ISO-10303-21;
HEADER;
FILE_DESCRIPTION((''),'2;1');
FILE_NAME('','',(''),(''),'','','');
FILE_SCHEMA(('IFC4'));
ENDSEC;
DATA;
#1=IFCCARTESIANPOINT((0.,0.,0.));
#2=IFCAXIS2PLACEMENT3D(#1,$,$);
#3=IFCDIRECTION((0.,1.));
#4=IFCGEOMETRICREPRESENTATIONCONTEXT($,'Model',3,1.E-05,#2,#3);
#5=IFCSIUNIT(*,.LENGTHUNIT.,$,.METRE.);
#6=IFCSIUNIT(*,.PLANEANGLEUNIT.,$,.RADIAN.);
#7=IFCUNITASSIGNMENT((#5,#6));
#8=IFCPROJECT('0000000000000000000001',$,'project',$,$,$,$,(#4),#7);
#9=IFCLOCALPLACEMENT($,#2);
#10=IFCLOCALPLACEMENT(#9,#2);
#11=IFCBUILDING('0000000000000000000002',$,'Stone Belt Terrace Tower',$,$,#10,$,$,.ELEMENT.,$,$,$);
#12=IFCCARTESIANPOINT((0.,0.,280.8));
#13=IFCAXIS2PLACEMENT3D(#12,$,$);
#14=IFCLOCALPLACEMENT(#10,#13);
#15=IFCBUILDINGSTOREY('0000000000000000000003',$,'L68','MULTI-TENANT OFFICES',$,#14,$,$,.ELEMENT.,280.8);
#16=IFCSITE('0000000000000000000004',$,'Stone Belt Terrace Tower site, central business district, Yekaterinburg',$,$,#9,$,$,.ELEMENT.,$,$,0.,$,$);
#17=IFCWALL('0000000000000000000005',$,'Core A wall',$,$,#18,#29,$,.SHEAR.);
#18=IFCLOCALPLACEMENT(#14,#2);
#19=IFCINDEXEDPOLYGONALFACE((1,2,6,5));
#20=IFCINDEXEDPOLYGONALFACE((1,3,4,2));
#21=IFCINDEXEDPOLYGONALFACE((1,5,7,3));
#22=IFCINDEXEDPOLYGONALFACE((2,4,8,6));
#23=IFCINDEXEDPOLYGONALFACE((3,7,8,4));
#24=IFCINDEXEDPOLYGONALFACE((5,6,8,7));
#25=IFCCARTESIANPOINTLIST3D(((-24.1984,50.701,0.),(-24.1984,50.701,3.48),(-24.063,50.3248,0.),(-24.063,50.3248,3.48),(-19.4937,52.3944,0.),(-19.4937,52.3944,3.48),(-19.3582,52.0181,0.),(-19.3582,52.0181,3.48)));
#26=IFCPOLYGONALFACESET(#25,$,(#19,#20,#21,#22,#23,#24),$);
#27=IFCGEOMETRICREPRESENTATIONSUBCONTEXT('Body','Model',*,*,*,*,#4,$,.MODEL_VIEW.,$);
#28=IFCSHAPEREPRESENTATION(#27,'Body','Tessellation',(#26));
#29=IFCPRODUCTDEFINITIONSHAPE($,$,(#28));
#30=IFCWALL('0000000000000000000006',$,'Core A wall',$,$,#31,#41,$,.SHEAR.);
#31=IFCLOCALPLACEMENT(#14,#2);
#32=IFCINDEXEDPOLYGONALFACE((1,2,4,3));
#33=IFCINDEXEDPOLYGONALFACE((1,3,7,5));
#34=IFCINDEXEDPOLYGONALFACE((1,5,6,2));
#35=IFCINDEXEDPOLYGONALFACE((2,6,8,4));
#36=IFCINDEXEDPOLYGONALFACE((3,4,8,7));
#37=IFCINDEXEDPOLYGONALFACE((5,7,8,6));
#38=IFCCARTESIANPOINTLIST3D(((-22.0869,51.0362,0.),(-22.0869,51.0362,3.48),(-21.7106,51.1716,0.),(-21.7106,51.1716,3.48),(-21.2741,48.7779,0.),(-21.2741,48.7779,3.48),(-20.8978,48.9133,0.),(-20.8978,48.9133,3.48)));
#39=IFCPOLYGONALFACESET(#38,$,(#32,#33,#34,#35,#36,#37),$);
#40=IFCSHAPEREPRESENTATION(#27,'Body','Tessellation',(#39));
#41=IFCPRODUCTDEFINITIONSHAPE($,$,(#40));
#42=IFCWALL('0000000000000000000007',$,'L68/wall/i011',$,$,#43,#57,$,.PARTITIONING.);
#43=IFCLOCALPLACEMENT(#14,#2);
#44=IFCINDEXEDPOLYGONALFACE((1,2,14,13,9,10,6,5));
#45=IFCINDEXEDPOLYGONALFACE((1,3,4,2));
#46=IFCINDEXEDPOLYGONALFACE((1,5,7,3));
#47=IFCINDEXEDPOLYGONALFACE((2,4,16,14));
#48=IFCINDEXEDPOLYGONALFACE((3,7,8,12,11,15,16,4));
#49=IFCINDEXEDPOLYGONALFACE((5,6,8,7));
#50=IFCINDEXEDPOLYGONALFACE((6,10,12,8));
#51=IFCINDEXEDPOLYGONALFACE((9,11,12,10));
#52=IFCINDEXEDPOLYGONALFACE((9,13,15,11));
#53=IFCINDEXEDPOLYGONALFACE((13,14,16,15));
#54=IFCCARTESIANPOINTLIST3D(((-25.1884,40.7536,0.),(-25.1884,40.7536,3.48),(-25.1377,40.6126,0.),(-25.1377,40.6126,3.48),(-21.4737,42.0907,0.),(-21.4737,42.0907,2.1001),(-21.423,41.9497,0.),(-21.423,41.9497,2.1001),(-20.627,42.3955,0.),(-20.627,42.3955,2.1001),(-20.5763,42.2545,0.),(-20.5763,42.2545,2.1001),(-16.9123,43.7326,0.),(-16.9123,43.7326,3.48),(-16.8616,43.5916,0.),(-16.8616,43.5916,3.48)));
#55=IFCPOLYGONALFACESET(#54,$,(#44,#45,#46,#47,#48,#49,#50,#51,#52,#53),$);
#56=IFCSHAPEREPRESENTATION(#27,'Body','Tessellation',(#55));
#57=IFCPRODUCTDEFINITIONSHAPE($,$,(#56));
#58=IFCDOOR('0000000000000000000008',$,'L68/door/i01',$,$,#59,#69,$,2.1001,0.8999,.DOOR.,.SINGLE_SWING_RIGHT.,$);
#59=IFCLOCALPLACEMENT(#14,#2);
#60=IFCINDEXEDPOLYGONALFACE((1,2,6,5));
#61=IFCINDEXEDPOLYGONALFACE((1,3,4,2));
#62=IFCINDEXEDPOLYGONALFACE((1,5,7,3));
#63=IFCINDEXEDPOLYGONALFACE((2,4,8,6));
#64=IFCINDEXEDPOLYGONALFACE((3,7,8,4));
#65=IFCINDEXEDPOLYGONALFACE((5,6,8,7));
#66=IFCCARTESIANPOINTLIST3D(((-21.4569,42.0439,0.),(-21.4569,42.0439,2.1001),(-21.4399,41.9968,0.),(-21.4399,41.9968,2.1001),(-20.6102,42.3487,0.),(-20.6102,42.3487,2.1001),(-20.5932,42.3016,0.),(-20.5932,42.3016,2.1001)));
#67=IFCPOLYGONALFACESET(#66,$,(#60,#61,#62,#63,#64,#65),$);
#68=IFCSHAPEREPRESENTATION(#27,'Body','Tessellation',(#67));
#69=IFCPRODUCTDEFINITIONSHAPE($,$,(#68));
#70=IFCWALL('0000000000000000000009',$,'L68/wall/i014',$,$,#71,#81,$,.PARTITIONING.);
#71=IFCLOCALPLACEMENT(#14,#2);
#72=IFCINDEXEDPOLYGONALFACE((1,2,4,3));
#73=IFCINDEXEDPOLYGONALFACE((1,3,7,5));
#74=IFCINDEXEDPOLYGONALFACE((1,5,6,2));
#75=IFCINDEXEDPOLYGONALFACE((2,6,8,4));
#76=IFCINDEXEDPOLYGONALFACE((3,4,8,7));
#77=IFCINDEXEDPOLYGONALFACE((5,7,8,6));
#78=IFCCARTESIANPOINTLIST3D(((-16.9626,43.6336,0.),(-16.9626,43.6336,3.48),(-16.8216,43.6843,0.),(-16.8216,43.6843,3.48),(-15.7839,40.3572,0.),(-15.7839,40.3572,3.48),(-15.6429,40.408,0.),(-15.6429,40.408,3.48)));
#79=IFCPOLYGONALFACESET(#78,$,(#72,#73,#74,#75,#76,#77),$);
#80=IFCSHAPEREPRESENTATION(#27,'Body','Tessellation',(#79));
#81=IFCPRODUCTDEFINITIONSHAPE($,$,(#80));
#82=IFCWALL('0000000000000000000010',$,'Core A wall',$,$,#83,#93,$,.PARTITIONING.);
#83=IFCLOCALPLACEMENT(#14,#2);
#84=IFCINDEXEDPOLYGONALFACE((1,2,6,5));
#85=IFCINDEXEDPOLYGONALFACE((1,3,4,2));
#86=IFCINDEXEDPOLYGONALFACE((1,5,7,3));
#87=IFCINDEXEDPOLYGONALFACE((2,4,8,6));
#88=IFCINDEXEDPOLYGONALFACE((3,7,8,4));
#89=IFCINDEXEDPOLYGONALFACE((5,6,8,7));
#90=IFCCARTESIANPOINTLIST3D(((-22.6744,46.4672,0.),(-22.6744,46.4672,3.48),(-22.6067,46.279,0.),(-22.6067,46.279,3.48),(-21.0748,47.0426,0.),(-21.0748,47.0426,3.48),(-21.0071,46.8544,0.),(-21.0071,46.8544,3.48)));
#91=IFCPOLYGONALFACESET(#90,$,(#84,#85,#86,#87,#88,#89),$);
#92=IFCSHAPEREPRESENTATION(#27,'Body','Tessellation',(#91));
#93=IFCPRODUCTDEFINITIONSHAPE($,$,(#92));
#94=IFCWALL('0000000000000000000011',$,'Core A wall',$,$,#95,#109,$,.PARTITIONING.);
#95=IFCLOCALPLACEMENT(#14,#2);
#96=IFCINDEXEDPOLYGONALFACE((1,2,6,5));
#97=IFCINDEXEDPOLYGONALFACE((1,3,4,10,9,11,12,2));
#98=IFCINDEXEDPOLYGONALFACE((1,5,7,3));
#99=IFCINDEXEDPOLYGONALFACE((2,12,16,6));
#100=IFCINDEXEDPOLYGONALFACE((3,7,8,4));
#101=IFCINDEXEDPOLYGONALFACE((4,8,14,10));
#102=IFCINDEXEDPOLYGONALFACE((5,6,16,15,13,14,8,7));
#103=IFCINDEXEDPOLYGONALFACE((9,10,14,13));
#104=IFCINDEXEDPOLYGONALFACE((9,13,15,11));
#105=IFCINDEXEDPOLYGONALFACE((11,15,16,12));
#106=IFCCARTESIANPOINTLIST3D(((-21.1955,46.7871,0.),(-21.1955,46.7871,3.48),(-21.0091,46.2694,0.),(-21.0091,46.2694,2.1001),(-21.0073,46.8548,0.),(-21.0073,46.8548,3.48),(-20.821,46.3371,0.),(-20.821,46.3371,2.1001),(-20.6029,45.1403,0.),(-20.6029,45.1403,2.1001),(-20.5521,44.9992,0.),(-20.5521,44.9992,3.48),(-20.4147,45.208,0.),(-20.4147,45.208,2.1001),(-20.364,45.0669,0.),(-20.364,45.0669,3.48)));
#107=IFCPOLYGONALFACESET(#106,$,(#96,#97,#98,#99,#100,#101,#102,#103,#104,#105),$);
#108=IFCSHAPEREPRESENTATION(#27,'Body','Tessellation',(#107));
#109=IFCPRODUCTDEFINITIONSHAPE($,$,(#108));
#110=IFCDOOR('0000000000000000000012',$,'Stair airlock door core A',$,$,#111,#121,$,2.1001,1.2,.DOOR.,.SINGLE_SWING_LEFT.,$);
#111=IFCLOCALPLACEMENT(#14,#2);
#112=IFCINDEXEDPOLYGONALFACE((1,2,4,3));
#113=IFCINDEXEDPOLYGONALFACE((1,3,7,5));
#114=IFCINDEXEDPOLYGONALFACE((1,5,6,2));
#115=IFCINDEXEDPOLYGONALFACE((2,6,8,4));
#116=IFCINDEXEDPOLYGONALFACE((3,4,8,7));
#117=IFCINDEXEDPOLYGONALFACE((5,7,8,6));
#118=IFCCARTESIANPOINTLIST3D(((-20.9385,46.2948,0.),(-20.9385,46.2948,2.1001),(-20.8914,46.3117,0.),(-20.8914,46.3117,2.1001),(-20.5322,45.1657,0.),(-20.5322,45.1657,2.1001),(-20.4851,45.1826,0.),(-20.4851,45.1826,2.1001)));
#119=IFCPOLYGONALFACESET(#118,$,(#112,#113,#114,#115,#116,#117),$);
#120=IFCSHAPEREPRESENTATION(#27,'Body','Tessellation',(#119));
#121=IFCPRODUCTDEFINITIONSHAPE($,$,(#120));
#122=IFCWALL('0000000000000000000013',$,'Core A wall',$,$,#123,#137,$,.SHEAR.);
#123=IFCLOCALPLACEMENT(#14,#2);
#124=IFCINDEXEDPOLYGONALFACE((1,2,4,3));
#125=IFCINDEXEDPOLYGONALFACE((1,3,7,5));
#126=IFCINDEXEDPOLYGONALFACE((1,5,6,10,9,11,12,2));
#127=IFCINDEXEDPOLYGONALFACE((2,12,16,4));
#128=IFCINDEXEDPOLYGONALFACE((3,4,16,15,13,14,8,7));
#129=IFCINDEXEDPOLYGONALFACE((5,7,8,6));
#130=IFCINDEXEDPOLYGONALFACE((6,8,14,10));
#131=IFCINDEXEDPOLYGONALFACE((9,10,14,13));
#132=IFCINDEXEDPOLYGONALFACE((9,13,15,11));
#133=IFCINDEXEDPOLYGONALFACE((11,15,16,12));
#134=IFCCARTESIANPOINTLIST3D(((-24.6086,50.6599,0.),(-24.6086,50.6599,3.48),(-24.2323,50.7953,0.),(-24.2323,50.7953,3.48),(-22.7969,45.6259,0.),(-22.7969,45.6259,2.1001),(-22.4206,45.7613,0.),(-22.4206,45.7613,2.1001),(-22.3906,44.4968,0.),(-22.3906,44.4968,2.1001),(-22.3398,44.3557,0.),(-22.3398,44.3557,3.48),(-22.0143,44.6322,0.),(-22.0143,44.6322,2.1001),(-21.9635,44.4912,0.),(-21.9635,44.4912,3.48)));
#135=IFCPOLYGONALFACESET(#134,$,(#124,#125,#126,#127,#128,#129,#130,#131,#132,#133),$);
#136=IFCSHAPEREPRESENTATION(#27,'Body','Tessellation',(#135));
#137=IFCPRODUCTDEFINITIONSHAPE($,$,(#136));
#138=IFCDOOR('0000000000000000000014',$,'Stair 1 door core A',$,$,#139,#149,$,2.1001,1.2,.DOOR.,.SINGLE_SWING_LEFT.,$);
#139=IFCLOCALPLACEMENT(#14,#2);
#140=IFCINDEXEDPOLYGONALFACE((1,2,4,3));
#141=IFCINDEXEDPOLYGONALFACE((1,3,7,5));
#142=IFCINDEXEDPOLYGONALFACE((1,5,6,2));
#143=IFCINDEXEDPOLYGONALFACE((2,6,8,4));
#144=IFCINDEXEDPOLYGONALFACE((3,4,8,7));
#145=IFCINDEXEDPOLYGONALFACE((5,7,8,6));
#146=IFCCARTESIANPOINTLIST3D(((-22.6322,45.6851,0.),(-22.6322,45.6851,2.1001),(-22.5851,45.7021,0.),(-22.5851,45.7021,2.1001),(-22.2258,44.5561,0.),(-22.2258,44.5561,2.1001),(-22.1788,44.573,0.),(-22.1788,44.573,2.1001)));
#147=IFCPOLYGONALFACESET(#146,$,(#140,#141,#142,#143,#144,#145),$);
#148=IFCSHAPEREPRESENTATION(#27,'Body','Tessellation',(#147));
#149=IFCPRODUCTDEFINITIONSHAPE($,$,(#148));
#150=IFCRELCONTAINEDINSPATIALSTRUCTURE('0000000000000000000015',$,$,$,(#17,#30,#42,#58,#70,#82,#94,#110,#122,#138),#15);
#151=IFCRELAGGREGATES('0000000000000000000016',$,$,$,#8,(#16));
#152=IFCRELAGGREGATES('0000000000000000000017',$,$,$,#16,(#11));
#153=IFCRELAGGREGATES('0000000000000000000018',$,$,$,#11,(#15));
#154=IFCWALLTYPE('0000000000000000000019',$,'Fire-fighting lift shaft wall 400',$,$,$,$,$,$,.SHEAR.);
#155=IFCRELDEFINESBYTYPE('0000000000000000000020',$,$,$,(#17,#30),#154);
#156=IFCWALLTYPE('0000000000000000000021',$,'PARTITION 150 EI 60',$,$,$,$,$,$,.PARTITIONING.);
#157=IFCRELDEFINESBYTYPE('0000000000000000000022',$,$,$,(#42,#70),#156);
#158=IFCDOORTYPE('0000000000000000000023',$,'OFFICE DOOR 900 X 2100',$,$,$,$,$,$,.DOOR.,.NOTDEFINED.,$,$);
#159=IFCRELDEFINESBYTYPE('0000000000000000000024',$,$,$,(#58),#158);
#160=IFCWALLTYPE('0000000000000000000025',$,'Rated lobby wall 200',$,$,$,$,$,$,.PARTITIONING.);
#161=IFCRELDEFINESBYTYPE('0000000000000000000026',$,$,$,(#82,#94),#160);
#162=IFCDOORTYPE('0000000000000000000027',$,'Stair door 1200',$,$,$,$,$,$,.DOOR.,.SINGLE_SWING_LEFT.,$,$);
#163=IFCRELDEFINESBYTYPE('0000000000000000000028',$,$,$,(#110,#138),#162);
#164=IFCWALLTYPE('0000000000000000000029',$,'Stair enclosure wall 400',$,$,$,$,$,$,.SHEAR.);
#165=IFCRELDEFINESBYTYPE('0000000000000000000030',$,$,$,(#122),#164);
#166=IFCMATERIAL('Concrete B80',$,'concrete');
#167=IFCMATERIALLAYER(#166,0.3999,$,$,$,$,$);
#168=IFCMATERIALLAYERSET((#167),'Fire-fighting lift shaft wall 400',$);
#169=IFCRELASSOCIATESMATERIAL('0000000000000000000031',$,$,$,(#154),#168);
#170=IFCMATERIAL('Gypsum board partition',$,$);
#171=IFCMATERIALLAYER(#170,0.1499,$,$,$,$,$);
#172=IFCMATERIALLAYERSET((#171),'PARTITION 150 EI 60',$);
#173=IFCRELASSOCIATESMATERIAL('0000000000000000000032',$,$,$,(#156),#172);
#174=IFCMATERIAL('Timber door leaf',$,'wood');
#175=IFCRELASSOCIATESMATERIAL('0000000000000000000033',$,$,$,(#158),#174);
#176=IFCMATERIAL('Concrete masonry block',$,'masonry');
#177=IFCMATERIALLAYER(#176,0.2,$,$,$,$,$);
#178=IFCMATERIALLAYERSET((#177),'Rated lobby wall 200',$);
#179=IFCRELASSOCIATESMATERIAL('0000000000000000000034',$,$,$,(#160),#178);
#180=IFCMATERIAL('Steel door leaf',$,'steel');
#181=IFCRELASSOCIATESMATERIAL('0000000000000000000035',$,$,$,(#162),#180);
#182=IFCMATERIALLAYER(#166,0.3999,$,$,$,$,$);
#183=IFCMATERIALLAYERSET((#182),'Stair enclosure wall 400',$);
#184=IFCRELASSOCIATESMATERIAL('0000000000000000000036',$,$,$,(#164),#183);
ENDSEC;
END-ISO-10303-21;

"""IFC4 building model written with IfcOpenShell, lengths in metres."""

from ifc_helpers import new_model, si_unit, direction, frame, frame_2d, origin, place, context, subcontext, project, spatial, rectangle, extrude, material, layer, layer_set, type_object, element, fill, save


model = new_model("IFC4")

# Units and contexts
model_context = context("Model", 3, precision=1e-05, world=origin(), true_north=direction((0.0, 1.0)))
body_context = subcontext(model_context, "Body", "Model", "MODEL_VIEW")
ifc_project = project(units=[si_unit("LENGTHUNIT", "METRE"), si_unit("PLANEANGLEUNIT", "RADIAN")], contexts=[model_context])

# Site, building, storey
site_placement = place(None, origin())
site = spatial("IfcSite", under=ifc_project, at=site_placement, Name="Stone Belt Terrace Tower site, central business district, Yekaterinburg", CompositionType="ELEMENT", RefElevation=0.0)
building_placement = place(site_placement, origin())
building = spatial("IfcBuilding", under=site, at=building_placement, Name="Stone Belt Terrace Tower", CompositionType="ELEMENT")
storey_placement = place(building_placement, frame((0.0, 0.0, 280.8)))
storey = spatial("IfcBuildingStorey", under=building, at=storey_placement, Name="L68", Description="MULTI-TENANT OFFICES", CompositionType="ELEMENT", Elevation=280.8)

# Walls
ifc_material_1 = material(Name="Concrete B80", Category="concrete")
ifc_layer_1 = layer(ifc_material_1, 0.3999)
ifc_layer_set_1 = layer_set([ifc_layer_1], Name="Fire-fighting lift shaft wall 400")
wall_type_1 = type_object("IfcWallType", Name="Fire-fighting lift shaft wall 400", PredefinedType="SHEAR", material=ifc_layer_set_1)
wall_1_placement = place(storey_placement, frame((-24.1306, 50.5129, 0.0), z_axis=(0.0, 0.0, 1.0), x_axis=(0.940912, 0.338652, 0.0)))
element("IfcWall", 1, at=wall_1_placement, inside=storey, type_object=wall_type_1, Name="Core A wall", PredefinedType="SHEAR", context=body_context, shape_type="SweptSolid", body=[
    extrude(rectangle(XDim=5.0002, YDim=0.3999, at=frame_2d((2.5, 0.0))), origin(), (0.0, 0.0, 1.0), 3.48),
])
wall_2_placement = place(storey_placement, frame((-21.0859, 48.8455, 0.0), z_axis=(0.0, 0.0, 1.0), x_axis=(-0.338629, 0.94092, 0.0)))
element("IfcWall", 2, at=wall_2_placement, inside=storey, type_object=wall_type_1, Name="Core A wall", PredefinedType="SHEAR", context=body_context, shape_type="SweptSolid", body=[
    extrude(rectangle(XDim=2.4001, YDim=0.3999, at=frame_2d((1.2002, 0.0))), origin(), (0.0, 0.0, 1.0), 3.48),
])

# Wall, opening, door
ifc_material_2 = material(Name="Gypsum board partition")
ifc_layer_2 = layer(ifc_material_2, 0.1499)
ifc_layer_set_2 = layer_set([ifc_layer_2], Name="PARTITION 150 EI 60")
wall_type_2 = type_object("IfcWallType", Name="PARTITION 150 EI 60", PredefinedType="PARTITIONING", material=ifc_layer_set_2)
wall_3_placement = place(storey_placement, frame((-16.887, 43.6621, 0.0), z_axis=(0.0, 0.0, 1.0), x_axis=(-0.940902, -0.338679, 0.0)))
wall_3 = element("IfcWall", 3, at=wall_3_placement, inside=storey, type_object=wall_type_2, Name="L68/wall/i011", PredefinedType="PARTITIONING", context=body_context, shape_type="SweptSolid", body=[
    extrude(rectangle(XDim=8.7959, YDim=0.1499, at=frame_2d((4.3979, 0.0))), origin(), (0.0, 0.0, 1.0), 3.48),
])
opening_1_placement = place(wall_3_placement, frame((3.948, 0.0, 0.0)))
opening_1 = element("IfcOpeningElement", 4, at=opening_1_placement, cuts=wall_3, PredefinedType="OPENING", context=body_context, shape_type="SweptSolid", body=[
    extrude(rectangle(XDim=0.8999, YDim=2.1001, at=frame_2d((0.45, 1.05))), frame((0.0, 0.085, 0.0), z_axis=(0.0, -1.0, 0.0), x_axis=(1.0, 0.0, 0.0)), (0.0, 0.0, 1.0), 0.1699),
])
ifc_material_3 = material(Name="Timber door leaf", Category="wood")
door_type_1 = type_object("IfcDoorType", Name="OFFICE DOOR 900 X 2100", OperationType="NOTDEFINED", PredefinedType="DOOR", material=ifc_material_3)
door_1_placement = place(opening_1_placement, origin())
door_1 = element("IfcDoor", 5, at=door_1_placement, inside=storey, type_object=door_type_1, Name="L68/door/i01", OperationType="SINGLE_SWING_RIGHT", OverallHeight=2.1001, OverallWidth=0.8999, PredefinedType="DOOR", context=body_context, shape_type="SweptSolid", body=[
    extrude(rectangle(XDim=0.8999, YDim=2.1001, at=frame_2d((0.45, 1.05))), frame((0.0, 0.0249, 0.0), z_axis=(0.0, -1.0, 0.0), x_axis=(1.0, 0.0, 0.0)), (0.0, 0.0, 1.0), 0.05),
])
fill(opening_1, door_1)

# Walls
wall_4_placement = place(storey_placement, frame((-16.8921, 43.6589, 0.0), z_axis=(0.0, 0.0, 1.0), x_axis=(0.338521, -0.940959, 0.0)))
element("IfcWall", 6, at=wall_4_placement, inside=storey, type_object=wall_type_2, Name="L68/wall/i014", PredefinedType="PARTITIONING", context=body_context, shape_type="SweptSolid", body=[
    extrude(rectangle(XDim=3.4819, YDim=0.1499, at=frame_2d((1.741, 0.0))), origin(), (0.0, 0.0, 1.0), 3.48),
])
ifc_material_4 = material(Name="Concrete masonry block", Category="masonry")
ifc_layer_3 = layer(ifc_material_4, 0.2)
ifc_layer_set_3 = layer_set([ifc_layer_3], Name="Rated lobby wall 200")
wall_type_3 = type_object("IfcWallType", Name="Rated lobby wall 200", PredefinedType="PARTITIONING", material=ifc_layer_set_3)
wall_5_placement = place(storey_placement, frame((-22.6406, 46.373, 0.0), z_axis=(0.0, 0.0, 1.0), x_axis=(0.940966, 0.338501, 0.0)))
element("IfcWall", 7, at=wall_5_placement, inside=storey, type_object=wall_type_3, Name="Core A wall", PredefinedType="PARTITIONING", context=body_context, shape_type="SweptSolid", body=[
    extrude(rectangle(XDim=1.7, YDim=0.2, at=frame_2d((0.8501, 0.0))), origin(), (0.0, 0.0, 1.0), 3.48),
])

# Walls, openings, doors
wall_6_placement = place(storey_placement, frame((-20.458, 45.033, 0.0), z_axis=(0.0, 0.0, 1.0), x_axis=(-0.338574, 0.94094, 0.0)))
wall_6 = element("IfcWall", 8, at=wall_6_placement, inside=storey, type_object=wall_type_3, Name="Core A wall", PredefinedType="PARTITIONING", context=body_context, shape_type="SweptSolid", body=[
    extrude(rectangle(XDim=1.9001, YDim=0.2, at=frame_2d((0.9502, 0.0))), origin(), (0.0, 0.0, 1.0), 3.48),
])
opening_2_placement = place(wall_6_placement, frame((0.1499, 0.0, 0.0)))
opening_2 = element("IfcOpeningElement", 9, at=opening_2_placement, cuts=wall_6, PredefinedType="OPENING", context=body_context, shape_type="SweptSolid", body=[
    extrude(rectangle(XDim=1.2, YDim=2.1001, at=frame_2d((0.6001, 1.05))), frame((0.0, 0.1099, 0.0), z_axis=(0.0, -1.0, 0.0), x_axis=(1.0, 0.0, 0.0)), (0.0, 0.0, 1.0), 0.22),
])
ifc_material_5 = material(Name="Steel door leaf", Category="steel")
door_type_2 = type_object("IfcDoorType", Name="Stair door 1200", OperationType="SINGLE_SWING_LEFT", PredefinedType="DOOR", material=ifc_material_5)
door_2_placement = place(opening_2_placement, origin())
door_2 = element("IfcDoor", 10, at=door_2_placement, inside=storey, type_object=door_type_2, Name="Stair airlock door core A", OperationType="SINGLE_SWING_LEFT", OverallHeight=2.1001, OverallWidth=1.2, PredefinedType="DOOR", context=body_context, shape_type="SweptSolid", body=[
    extrude(rectangle(XDim=1.2, YDim=2.1001, at=frame_2d((0.6001, 1.05))), frame((0.0, 0.0249, 0.0), z_axis=(0.0, -1.0, 0.0), x_axis=(1.0, 0.0, 0.0)), (0.0, 0.0, 1.0), 0.05),
])
fill(opening_2, door_2)
ifc_layer_4 = layer(ifc_material_1, 0.3999)
ifc_layer_set_4 = layer_set([ifc_layer_4], Name="Stair enclosure wall 400")
wall_type_4 = type_object("IfcWallType", Name="Stair enclosure wall 400", PredefinedType="SHEAR", material=ifc_layer_set_4)
wall_7_placement = place(storey_placement, frame((-22.1516, 44.4233, 0.0), z_axis=(0.0, 0.0, 1.0), x_axis=(-0.338625, 0.940921, 0.0)))
wall_7 = element("IfcWall", 11, at=wall_7_placement, inside=storey, type_object=wall_type_4, Name="Core A wall", PredefinedType="SHEAR", context=body_context, shape_type="SweptSolid", body=[
    extrude(rectangle(XDim=6.7, YDim=0.3999, at=frame_2d((3.3501, 0.0))), origin(), (0.0, 0.0, 1.0), 3.48),
])
opening_3_placement = place(wall_7_placement, frame((0.1499, 0.0, 0.0)))
opening_3 = element("IfcOpeningElement", 12, at=opening_3_placement, cuts=wall_7, PredefinedType="OPENING", context=body_context, shape_type="SweptSolid", body=[
    extrude(rectangle(XDim=1.2, YDim=2.1001, at=frame_2d((0.6001, 1.05))), frame((0.0, 0.21, 0.0), z_axis=(0.0, -1.0, 0.0), x_axis=(1.0, 0.0, 0.0)), (0.0, 0.0, 1.0), 0.4199),
])
door_3_placement = place(opening_3_placement, origin())
door_3 = element("IfcDoor", 13, at=door_3_placement, inside=storey, type_object=door_type_2, Name="Stair 1 door core A", OperationType="SINGLE_SWING_LEFT", OverallHeight=2.1001, OverallWidth=1.2, PredefinedType="DOOR", context=body_context, shape_type="SweptSolid", body=[
    extrude(rectangle(XDim=1.2, YDim=2.1001, at=frame_2d((0.6001, 1.05))), frame((0.0, 0.0249, 0.0), z_axis=(0.0, -1.0, 0.0), x_axis=(1.0, 0.0, 0.0)), (0.0, 0.0, 1.0), 0.05),
])
fill(opening_3, door_3)

save(model, "model.ifc")
